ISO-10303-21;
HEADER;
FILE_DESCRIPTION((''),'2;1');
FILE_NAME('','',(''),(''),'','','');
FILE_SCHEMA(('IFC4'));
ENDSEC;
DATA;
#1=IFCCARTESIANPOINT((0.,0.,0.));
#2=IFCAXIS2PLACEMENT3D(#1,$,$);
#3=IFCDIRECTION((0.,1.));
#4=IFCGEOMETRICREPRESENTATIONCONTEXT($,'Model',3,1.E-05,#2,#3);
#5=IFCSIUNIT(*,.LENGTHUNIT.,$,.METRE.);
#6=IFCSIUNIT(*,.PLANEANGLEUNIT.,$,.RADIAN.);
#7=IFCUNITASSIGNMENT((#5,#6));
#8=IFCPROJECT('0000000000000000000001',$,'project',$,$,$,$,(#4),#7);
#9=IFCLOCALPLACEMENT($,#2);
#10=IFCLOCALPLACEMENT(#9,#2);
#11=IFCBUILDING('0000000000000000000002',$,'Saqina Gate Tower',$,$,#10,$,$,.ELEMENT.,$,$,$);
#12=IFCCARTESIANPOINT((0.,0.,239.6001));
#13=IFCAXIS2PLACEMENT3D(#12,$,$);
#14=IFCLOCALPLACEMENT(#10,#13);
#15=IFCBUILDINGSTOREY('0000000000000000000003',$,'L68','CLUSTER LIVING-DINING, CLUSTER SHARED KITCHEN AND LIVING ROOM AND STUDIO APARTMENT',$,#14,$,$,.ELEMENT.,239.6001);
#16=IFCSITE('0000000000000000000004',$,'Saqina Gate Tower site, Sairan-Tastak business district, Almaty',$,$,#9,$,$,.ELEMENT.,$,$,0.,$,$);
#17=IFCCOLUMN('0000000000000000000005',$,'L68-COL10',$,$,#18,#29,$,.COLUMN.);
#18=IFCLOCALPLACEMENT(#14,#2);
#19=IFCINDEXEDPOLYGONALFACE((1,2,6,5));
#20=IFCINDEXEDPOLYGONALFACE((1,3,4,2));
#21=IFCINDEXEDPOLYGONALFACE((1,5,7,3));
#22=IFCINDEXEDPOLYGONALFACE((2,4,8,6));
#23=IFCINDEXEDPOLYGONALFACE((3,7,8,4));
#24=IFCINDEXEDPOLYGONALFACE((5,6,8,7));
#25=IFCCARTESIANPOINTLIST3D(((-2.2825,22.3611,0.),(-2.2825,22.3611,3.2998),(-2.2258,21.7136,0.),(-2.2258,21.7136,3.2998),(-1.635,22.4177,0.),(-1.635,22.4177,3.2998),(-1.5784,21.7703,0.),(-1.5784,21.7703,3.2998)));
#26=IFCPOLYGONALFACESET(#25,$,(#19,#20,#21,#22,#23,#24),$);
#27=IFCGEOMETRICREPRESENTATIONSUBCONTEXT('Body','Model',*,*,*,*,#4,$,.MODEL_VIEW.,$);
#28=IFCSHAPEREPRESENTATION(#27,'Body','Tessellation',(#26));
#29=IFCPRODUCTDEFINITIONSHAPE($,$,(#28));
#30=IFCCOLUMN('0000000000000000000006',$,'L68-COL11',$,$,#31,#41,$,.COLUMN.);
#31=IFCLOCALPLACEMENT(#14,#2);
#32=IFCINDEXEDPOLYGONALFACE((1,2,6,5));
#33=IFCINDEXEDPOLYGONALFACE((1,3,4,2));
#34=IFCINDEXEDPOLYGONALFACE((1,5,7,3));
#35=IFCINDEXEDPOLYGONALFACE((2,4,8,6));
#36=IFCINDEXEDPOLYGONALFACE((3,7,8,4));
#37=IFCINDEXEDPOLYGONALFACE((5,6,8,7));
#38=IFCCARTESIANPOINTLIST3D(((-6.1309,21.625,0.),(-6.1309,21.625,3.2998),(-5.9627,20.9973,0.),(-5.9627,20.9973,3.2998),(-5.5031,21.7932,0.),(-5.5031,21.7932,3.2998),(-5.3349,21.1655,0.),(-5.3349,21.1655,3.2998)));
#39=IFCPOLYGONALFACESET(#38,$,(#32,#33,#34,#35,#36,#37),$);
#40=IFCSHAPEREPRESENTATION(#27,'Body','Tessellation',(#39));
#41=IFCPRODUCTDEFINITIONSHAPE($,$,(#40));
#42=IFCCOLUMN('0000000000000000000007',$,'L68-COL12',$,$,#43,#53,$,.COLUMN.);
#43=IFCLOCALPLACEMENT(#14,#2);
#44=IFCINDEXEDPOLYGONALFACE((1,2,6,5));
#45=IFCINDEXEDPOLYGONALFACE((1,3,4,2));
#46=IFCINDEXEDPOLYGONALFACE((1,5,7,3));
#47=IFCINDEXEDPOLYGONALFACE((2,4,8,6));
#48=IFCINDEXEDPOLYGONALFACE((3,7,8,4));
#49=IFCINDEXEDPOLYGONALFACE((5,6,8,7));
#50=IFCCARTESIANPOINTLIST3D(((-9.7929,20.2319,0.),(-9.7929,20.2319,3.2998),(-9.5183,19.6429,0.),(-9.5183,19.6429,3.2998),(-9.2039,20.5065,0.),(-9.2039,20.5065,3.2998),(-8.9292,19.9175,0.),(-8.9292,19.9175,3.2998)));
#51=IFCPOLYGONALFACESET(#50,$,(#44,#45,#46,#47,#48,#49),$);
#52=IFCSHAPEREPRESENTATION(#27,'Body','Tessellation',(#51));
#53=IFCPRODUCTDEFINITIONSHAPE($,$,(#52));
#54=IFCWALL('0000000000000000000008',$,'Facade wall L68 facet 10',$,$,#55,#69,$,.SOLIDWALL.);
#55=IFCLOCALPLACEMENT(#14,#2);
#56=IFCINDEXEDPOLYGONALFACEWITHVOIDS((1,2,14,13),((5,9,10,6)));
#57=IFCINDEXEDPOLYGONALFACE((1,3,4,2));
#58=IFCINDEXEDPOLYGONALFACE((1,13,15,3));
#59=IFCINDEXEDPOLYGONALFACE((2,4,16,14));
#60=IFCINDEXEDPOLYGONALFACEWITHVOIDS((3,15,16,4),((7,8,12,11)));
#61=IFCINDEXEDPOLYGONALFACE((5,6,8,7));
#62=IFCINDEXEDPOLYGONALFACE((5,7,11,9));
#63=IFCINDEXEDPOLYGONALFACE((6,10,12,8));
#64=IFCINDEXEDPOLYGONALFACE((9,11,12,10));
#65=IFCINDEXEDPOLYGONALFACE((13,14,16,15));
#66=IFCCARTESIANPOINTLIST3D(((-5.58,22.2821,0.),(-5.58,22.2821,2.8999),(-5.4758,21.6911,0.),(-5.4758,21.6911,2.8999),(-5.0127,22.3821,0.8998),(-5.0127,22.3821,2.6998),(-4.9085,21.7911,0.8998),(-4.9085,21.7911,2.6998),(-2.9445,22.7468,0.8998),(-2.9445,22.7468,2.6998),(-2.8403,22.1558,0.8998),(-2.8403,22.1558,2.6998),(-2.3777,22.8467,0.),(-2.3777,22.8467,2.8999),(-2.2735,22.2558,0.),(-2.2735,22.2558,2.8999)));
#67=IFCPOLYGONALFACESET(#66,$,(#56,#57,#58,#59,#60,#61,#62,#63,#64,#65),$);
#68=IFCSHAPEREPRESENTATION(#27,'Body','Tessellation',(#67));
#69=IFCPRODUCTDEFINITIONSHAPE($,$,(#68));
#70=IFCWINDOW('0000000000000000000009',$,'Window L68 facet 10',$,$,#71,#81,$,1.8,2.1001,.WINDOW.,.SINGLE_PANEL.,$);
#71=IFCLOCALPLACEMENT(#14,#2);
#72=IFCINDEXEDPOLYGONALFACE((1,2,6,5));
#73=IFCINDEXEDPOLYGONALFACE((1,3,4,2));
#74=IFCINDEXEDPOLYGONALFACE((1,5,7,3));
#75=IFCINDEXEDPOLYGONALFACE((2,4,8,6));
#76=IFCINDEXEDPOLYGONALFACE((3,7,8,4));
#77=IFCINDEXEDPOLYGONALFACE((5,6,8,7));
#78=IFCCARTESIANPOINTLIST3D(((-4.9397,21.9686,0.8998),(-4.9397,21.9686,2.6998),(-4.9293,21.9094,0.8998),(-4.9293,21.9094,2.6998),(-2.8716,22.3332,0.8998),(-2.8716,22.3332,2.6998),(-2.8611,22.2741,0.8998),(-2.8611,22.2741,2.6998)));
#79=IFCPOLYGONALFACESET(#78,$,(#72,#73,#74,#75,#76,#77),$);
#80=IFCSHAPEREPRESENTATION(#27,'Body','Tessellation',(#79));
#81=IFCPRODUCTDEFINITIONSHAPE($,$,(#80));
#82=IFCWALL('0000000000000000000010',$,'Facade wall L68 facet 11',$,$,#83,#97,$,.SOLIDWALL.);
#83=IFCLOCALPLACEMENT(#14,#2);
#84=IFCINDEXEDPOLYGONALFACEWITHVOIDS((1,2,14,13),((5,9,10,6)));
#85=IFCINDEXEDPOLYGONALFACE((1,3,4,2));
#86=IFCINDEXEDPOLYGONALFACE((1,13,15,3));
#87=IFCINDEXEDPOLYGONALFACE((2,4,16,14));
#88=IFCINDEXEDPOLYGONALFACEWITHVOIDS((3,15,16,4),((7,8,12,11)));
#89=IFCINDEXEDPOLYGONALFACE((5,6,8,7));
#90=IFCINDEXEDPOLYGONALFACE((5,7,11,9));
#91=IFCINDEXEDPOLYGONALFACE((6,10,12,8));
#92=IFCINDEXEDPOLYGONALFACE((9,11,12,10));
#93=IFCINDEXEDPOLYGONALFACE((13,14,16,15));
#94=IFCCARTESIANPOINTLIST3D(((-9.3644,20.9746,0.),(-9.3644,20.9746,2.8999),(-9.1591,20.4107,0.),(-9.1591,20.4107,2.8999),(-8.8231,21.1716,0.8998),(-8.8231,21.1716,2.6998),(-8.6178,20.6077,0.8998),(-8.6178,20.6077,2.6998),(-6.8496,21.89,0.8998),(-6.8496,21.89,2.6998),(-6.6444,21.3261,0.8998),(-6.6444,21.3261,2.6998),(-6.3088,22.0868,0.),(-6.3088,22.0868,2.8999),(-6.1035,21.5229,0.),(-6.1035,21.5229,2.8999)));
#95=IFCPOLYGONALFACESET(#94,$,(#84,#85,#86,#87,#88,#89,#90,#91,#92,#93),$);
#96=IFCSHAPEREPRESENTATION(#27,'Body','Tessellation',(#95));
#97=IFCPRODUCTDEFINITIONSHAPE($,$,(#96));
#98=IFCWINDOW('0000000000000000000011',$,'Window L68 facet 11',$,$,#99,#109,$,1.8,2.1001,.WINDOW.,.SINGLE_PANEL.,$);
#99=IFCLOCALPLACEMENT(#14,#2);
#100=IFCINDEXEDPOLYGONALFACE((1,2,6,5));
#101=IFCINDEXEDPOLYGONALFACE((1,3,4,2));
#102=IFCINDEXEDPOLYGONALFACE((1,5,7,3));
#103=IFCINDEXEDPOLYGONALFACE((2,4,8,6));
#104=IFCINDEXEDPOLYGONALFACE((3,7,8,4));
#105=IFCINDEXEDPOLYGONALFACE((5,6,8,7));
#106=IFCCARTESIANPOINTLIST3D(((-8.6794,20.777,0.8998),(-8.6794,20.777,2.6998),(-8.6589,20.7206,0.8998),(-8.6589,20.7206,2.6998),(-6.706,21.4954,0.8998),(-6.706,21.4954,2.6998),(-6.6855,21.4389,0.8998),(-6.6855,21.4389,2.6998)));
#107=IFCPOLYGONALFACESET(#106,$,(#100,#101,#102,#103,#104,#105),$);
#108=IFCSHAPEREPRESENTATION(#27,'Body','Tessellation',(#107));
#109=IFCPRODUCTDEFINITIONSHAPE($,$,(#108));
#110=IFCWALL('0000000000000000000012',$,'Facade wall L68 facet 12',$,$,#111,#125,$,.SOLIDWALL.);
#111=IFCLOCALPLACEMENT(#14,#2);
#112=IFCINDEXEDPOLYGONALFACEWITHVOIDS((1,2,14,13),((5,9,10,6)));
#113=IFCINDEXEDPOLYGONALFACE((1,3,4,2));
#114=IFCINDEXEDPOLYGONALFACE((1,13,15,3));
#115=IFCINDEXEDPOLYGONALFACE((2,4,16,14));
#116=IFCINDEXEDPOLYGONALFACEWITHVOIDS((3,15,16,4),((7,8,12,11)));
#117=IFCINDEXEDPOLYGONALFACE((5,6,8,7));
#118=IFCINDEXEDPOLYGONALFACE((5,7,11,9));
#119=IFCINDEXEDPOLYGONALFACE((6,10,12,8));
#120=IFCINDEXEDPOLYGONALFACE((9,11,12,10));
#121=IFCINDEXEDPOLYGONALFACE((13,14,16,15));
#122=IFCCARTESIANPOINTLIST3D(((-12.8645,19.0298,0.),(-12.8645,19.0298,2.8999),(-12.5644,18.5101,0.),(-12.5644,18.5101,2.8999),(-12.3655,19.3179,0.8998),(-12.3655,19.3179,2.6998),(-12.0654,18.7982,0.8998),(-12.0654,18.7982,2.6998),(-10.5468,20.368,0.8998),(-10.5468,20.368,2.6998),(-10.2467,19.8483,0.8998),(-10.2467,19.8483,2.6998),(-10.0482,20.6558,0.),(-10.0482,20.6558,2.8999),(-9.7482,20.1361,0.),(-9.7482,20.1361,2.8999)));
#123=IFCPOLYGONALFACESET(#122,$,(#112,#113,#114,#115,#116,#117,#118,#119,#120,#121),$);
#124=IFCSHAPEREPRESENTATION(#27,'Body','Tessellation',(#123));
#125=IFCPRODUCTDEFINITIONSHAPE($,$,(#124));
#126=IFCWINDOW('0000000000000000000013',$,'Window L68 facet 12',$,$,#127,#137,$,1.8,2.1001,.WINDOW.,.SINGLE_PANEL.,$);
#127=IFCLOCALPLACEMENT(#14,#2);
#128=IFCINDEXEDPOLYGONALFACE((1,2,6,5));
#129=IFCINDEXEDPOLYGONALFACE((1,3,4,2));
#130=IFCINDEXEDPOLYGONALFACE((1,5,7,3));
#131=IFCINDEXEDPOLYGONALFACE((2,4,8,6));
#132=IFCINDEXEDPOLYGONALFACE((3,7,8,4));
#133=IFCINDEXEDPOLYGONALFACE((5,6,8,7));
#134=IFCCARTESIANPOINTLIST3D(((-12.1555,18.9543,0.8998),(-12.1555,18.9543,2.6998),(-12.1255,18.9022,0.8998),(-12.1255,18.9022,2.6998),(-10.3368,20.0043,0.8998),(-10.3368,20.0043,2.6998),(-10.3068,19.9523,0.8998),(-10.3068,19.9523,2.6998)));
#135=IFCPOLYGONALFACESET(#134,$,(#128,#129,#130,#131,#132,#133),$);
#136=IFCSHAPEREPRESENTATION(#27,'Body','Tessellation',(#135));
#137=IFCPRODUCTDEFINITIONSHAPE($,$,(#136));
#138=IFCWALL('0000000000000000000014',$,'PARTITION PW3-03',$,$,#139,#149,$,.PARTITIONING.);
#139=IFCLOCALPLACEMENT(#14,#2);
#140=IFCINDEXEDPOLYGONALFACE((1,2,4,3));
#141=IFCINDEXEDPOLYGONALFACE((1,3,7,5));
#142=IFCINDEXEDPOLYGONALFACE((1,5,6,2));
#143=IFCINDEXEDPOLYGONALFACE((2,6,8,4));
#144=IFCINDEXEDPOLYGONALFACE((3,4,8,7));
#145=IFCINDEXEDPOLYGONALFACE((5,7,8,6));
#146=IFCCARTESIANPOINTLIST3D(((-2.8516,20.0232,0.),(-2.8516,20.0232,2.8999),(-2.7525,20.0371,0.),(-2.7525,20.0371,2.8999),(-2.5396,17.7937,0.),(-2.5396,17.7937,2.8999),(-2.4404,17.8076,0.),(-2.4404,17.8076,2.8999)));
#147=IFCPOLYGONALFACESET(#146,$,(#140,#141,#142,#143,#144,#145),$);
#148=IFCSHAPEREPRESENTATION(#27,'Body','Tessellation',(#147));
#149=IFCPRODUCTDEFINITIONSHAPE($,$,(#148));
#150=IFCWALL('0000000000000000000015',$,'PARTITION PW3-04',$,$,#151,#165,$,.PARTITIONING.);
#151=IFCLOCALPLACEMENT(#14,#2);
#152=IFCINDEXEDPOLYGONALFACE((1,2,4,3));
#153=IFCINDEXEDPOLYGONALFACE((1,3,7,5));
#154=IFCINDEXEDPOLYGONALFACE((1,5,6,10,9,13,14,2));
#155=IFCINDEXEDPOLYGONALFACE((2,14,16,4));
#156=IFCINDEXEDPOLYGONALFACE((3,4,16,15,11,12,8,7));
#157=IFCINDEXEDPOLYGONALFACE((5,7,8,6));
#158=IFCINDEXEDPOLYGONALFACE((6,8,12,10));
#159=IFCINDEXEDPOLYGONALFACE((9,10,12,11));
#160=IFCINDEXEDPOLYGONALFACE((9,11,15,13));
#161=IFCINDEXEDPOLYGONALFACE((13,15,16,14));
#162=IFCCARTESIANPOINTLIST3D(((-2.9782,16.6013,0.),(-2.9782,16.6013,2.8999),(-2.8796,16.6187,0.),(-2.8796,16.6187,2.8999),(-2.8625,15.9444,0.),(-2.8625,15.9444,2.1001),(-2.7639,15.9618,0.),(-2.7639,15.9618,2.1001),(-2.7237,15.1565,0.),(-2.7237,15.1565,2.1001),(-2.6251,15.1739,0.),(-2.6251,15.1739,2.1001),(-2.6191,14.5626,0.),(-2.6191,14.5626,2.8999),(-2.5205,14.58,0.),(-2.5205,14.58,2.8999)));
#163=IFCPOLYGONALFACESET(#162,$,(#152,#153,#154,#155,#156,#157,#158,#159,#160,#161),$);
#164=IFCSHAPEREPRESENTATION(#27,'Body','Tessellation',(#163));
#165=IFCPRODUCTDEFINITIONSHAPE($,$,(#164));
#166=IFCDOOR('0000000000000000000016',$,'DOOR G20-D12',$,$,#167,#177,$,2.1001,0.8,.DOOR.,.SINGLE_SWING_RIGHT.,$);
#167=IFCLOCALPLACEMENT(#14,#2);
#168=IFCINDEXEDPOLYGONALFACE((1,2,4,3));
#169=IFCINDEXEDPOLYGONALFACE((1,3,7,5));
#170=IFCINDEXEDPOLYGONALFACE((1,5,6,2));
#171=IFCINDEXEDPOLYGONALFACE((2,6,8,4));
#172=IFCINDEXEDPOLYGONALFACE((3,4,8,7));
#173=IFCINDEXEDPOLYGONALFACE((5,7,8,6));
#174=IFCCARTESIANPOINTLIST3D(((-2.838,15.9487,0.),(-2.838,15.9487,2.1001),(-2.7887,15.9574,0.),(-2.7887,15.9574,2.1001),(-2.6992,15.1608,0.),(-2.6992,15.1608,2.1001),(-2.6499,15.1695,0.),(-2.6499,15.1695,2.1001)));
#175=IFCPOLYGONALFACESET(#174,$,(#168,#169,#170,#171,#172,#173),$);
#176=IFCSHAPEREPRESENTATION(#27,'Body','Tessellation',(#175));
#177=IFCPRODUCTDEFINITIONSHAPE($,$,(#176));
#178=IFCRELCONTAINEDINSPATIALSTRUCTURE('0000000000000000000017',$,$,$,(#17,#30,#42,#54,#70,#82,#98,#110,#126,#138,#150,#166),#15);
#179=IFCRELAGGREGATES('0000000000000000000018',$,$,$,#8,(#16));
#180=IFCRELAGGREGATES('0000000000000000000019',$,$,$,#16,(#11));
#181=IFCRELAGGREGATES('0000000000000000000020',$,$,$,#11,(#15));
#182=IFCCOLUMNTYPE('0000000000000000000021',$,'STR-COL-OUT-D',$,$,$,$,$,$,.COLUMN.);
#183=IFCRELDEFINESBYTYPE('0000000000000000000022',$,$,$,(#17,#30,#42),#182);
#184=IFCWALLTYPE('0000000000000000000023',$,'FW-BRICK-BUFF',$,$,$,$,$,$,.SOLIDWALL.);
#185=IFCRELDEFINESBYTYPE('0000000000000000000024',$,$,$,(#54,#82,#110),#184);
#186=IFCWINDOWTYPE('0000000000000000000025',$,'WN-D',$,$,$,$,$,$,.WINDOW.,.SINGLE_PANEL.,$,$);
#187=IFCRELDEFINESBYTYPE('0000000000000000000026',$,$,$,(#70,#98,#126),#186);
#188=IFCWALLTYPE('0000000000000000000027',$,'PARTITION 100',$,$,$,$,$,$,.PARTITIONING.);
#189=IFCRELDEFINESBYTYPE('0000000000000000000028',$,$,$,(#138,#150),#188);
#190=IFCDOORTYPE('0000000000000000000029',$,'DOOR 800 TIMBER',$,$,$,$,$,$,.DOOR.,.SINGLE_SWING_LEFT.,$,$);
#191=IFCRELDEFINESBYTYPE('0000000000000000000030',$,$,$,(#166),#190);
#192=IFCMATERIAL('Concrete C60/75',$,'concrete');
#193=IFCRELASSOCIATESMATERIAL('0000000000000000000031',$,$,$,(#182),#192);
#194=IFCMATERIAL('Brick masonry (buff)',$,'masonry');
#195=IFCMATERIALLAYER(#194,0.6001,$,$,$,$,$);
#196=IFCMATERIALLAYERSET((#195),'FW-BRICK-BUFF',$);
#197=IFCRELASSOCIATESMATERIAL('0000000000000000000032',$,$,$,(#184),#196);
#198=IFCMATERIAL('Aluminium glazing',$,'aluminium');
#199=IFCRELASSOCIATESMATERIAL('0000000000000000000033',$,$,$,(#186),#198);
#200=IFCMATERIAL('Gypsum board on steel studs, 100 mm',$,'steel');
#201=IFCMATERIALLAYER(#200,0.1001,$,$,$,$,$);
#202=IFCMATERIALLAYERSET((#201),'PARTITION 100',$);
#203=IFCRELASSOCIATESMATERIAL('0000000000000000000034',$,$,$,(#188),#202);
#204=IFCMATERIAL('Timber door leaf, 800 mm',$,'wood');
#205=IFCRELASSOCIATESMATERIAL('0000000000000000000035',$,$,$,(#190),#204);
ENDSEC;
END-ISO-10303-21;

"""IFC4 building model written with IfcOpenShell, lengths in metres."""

from ifc_helpers import new_model, si_unit, direction, frame, frame_2d, origin, origin_2d, place, context, subcontext, project, spatial, rectangle, extrude, material, layer, layer_set, material_profile, profile_set, type_object, element, fill, save


model = new_model("IFC4")

# Units and contexts
model_context = context("Model", 3, precision=1e-05, world=origin(), true_north=direction((0.0, 1.0)))
body_context = subcontext(model_context, "Body", "Model", "MODEL_VIEW")
ifc_project = project(units=[si_unit("LENGTHUNIT", "METRE"), si_unit("PLANEANGLEUNIT", "RADIAN")], contexts=[model_context])

# Site, building, storey
site_placement = place(None, origin())
site = spatial("IfcSite", under=ifc_project, at=site_placement, Name="Saqina Gate Tower site, Sairan-Tastak business district, Almaty", CompositionType="ELEMENT", RefElevation=0.0)
building_placement = place(site_placement, origin())
building = spatial("IfcBuilding", under=site, at=building_placement, Name="Saqina Gate Tower", CompositionType="ELEMENT")
storey_placement = place(building_placement, frame((0.0, 0.0, 239.6001)))
storey = spatial("IfcBuildingStorey", under=building, at=storey_placement, Name="L68", Description="CLUSTER LIVING-DINING, CLUSTER SHARED KITCHEN AND LIVING ROOM AND STUDIO APARTMENT", CompositionType="ELEMENT", Elevation=239.6001)

# Columns
ifc_material_1 = material(Name="Concrete C60/75", Category="concrete")
ifc_material_profile = material_profile(ifc_material_1, rectangle(XDim=0.6499, YDim=0.6499, at=origin_2d()), Name="RC 650x650")
ifc_profile_set = profile_set([ifc_material_profile], Name="Concrete C60/75")
column_type = type_object("IfcColumnType", Name="STR-COL-OUT-D", PredefinedType="COLUMN", material=ifc_profile_set)
for number, where, z_axis, x_axis, name in (
    (1, (-1.9304, 22.0657, 0.0), (0.0, 0.0, 1.0), (-0.087156, 0.996195, 0.0), "L68-COL10"),
    (2, (-5.7329, 21.3953, 0.0), (0.0, 0.0, 1.0), (-0.258819, 0.965926, 0.0), "L68-COL11"),
    (3, (-9.3611, 20.0747, 0.0), (0.0, 0.0, 1.0), (-0.422618, 0.906308, 0.0), "L68-COL12"),
):
    element("IfcColumn", number, at=place(storey_placement, frame(where, z_axis=z_axis, x_axis=x_axis)), inside=storey, type_object=column_type, Name=name, PredefinedType="COLUMN", context=body_context, shape_type="SweptSolid", body=[
        extrude(rectangle(XDim=0.6499, YDim=0.6499, at=origin_2d()), origin(), (0.0, 0.0, 1.0), 3.2998),
    ])

# Walls, openings, windows
ifc_material_2 = material(Name="Brick masonry (buff)", Category="masonry")
ifc_layer_1 = layer(ifc_material_2, 0.6001)
ifc_layer_set_1 = layer_set([ifc_layer_1], Name="FW-BRICK-BUFF")
wall_type_1 = type_object("IfcWallType", Name="FW-BRICK-BUFF", PredefinedType="SOLIDWALL", material=ifc_layer_set_1)
wall_1_placement = place(storey_placement, frame((-2.3254, 22.5513, 0.0), z_axis=(0.0, 0.0, 1.0), x_axis=(-0.984806, -0.173657, 0.0)))
wall_1 = element("IfcWall", 4, at=wall_1_placement, inside=storey, type_object=wall_type_1, Name="Facade wall L68 facet 10", PredefinedType="SOLIDWALL", context=body_context, shape_type="SweptSolid", body=[
    extrude(rectangle(XDim=3.2517, YDim=0.6001, at=frame_2d((1.626, 0.0))), origin(), (0.0, 0.0, 1.0), 2.8999),
])
opening_1_placement = place(wall_1_placement, frame((0.5757, 0.0, 0.8999)))
opening_1 = element("IfcOpeningElement", 5, at=opening_1_placement, cuts=wall_1, PredefinedType="OPENING", context=body_context, shape_type="SweptSolid", body=[
    extrude(rectangle(XDim=2.1001, YDim=1.8, at=frame_2d((1.05, 0.8999))), frame((0.0, 0.312, 0.0), z_axis=(0.0, -1.0, 0.0), x_axis=(1.0, 0.0, 0.0)), (0.0, 0.0, 1.0), 0.624),
])
ifc_material_3 = material(Name="Aluminium glazing", Category="aluminium")
window_type = type_object("IfcWindowType", Name="WN-D", PartitioningType="SINGLE_PANEL", PredefinedType="WINDOW", material=ifc_material_3)
window_1_placement = place(opening_1_placement, origin())
window_1 = element("IfcWindow", 6, at=window_1_placement, inside=storey, type_object=window_type, Name="Window L68 facet 10", OverallHeight=1.8, OverallWidth=2.1001, PartitioningType="SINGLE_PANEL", PredefinedType="WINDOW", context=body_context, shape_type="SweptSolid", body=[
    extrude(rectangle(XDim=2.1001, YDim=1.8, at=frame_2d((1.05, 0.8999))), frame((0.0, 0.1799, 0.0), z_axis=(0.0, -1.0, 0.0), x_axis=(1.0, 0.0, 0.0)), (0.0, 0.0, 1.0), 0.0601),
])
fill(opening_1, window_1)
wall_2_placement = place(storey_placement, frame((-6.2061, 21.8049, 0.0), z_axis=(0.0, 0.0, 1.0), x_axis=(-0.939679, -0.342057, 0.0)))
wall_2 = element("IfcWall", 7, at=wall_2_placement, inside=storey, type_object=wall_type_1, Name="Facade wall L68 facet 11", PredefinedType="SOLIDWALL", context=body_context, shape_type="SweptSolid", body=[
    extrude(rectangle(XDim=3.2517, YDim=0.6001, at=frame_2d((1.626, 0.0))), origin(), (0.0, 0.0, 1.0), 2.8999),
])
opening_2_placement = place(wall_2_placement, frame((0.5757, 0.0, 0.8999)))
opening_2 = element("IfcOpeningElement", 8, at=opening_2_placement, cuts=wall_2, PredefinedType="OPENING", context=body_context, shape_type="SweptSolid", body=[
    extrude(rectangle(XDim=2.1001, YDim=1.8, at=frame_2d((1.05, 0.8999))), frame((0.0, 0.312, 0.0), z_axis=(0.0, -1.0, 0.0), x_axis=(1.0, 0.0, 0.0)), (0.0, 0.0, 1.0), 0.624),
])
window_2_placement = place(opening_2_placement, origin())
window_2 = element("IfcWindow", 9, at=window_2_placement, inside=storey, type_object=window_type, Name="Window L68 facet 11", OverallHeight=1.8, OverallWidth=2.1001, PartitioningType="SINGLE_PANEL", PredefinedType="WINDOW", context=body_context, shape_type="SweptSolid", body=[
    extrude(rectangle(XDim=2.1001, YDim=1.8, at=frame_2d((1.05, 0.8999))), frame((0.0, 0.1799, 0.0), z_axis=(0.0, -1.0, 0.0), x_axis=(1.0, 0.0, 0.0)), (0.0, 0.0, 1.0), 0.0601),
])
fill(opening_2, window_2)
wall_3_placement = place(storey_placement, frame((-9.8982, 20.396, 0.0), z_axis=(0.0, 0.0, 1.0), x_axis=(-0.866017, -0.500015, 0.0)))
wall_3 = element("IfcWall", 10, at=wall_3_placement, inside=storey, type_object=wall_type_1, Name="Facade wall L68 facet 12", PredefinedType="SOLIDWALL", context=body_context, shape_type="SweptSolid", body=[
    extrude(rectangle(XDim=3.252, YDim=0.6001, at=frame_2d((1.626, 0.0))), origin(), (0.0, 0.0, 1.0), 2.8999),
])
opening_3_placement = place(wall_3_placement, frame((0.5757, 0.0, 0.8999)))
opening_3 = element("IfcOpeningElement", 11, at=opening_3_placement, cuts=wall_3, PredefinedType="OPENING", context=body_context, shape_type="SweptSolid", body=[
    extrude(rectangle(XDim=2.1001, YDim=1.8, at=frame_2d((1.05, 0.8999))), frame((0.0, 0.312, 0.0), z_axis=(0.0, -1.0, 0.0), x_axis=(1.0, 0.0, 0.0)), (0.0, 0.0, 1.0), 0.624),
])
window_3_placement = place(opening_3_placement, origin())
window_3 = element("IfcWindow", 12, at=window_3_placement, inside=storey, type_object=window_type, Name="Window L68 facet 12", OverallHeight=1.8, OverallWidth=2.1001, PartitioningType="SINGLE_PANEL", PredefinedType="WINDOW", context=body_context, shape_type="SweptSolid", body=[
    extrude(rectangle(XDim=2.1001, YDim=1.8, at=frame_2d((1.05, 0.8999))), frame((0.0, 0.1799, 0.0), z_axis=(0.0, -1.0, 0.0), x_axis=(1.0, 0.0, 0.0)), (0.0, 0.0, 1.0), 0.0601),
])
fill(opening_3, window_3)

# Wall
ifc_material_4 = material(Name="Gypsum board on steel studs, 100 mm", Category="steel")
ifc_layer_2 = layer(ifc_material_4, 0.1001)
ifc_layer_set_2 = layer_set([ifc_layer_2], Name="PARTITION 100")
wall_type_2 = type_object("IfcWallType", Name="PARTITION 100", PredefinedType="PARTITIONING", material=ifc_layer_set_2)
wall_4_placement = place(storey_placement, frame((-2.802, 20.03, 0.0), z_axis=(0.0, 0.0, 1.0), x_axis=(0.138597, -0.990349, 0.0)))
element("IfcWall", 13, at=wall_4_placement, inside=storey, type_object=wall_type_2, Name="PARTITION PW3-03", PredefinedType="PARTITIONING", context=body_context, shape_type="SweptSolid", body=[
    extrude(rectangle(XDim=2.2512, YDim=0.1001, at=frame_2d((1.1255, 0.0))), origin(), (0.0, 0.0, 1.0), 2.8999),
])

# Wall, opening, door
wall_5_placement = place(storey_placement, frame((-2.929, 16.6101, 0.0), z_axis=(0.0, 0.0, 1.0), x_axis=(0.173496, -0.984835, 0.0)))
wall_5 = element("IfcWall", 14, at=wall_5_placement, inside=storey, type_object=wall_type_2, Name="PARTITION PW3-04", PredefinedType="PARTITIONING", context=body_context, shape_type="SweptSolid", body=[
    extrude(rectangle(XDim=2.0701, YDim=0.1001, at=frame_2d((1.0352, 0.0))), origin(), (0.0, 0.0, 1.0), 2.8999),
])
opening_4_placement = place(wall_5_placement, frame((0.6672, 0.0, 0.0)))
opening_4 = element("IfcOpeningElement", 15, at=opening_4_placement, cuts=wall_5, PredefinedType="OPENING", context=body_context, shape_type="SweptSolid", body=[
    extrude(rectangle(XDim=0.8, YDim=2.1001, at=frame_2d((0.3999, 1.05))), frame((0.0, 0.062, 0.0), z_axis=(0.0, -1.0, 0.0), x_axis=(1.0, 0.0, 0.0)), (0.0, 0.0, 1.0), 0.124),
])
ifc_material_5 = material(Name="Timber door leaf, 800 mm", Category="wood")
door_type_1 = type_object("IfcDoorType", Name="DOOR 800 TIMBER", OperationType="SINGLE_SWING_LEFT", PredefinedType="DOOR", material=ifc_material_5)
door_1_placement = place(opening_4_placement, origin())
door_1 = element("IfcDoor", 16, at=door_1_placement, inside=storey, type_object=door_type_1, Name="DOOR G20-D12", OperationType="SINGLE_SWING_RIGHT", OverallHeight=2.1001, OverallWidth=0.8, PredefinedType="DOOR", context=body_context, shape_type="SweptSolid", body=[
    extrude(rectangle(XDim=0.8, YDim=2.1001, at=frame_2d((0.3999, 1.05))), frame((0.0, 0.0249, 0.0), z_axis=(0.0, -1.0, 0.0), x_axis=(1.0, 0.0, 0.0)), (0.0, 0.0, 1.0), 0.05),
])
fill(opening_4, door_1)

save(model, "model.ifc")
